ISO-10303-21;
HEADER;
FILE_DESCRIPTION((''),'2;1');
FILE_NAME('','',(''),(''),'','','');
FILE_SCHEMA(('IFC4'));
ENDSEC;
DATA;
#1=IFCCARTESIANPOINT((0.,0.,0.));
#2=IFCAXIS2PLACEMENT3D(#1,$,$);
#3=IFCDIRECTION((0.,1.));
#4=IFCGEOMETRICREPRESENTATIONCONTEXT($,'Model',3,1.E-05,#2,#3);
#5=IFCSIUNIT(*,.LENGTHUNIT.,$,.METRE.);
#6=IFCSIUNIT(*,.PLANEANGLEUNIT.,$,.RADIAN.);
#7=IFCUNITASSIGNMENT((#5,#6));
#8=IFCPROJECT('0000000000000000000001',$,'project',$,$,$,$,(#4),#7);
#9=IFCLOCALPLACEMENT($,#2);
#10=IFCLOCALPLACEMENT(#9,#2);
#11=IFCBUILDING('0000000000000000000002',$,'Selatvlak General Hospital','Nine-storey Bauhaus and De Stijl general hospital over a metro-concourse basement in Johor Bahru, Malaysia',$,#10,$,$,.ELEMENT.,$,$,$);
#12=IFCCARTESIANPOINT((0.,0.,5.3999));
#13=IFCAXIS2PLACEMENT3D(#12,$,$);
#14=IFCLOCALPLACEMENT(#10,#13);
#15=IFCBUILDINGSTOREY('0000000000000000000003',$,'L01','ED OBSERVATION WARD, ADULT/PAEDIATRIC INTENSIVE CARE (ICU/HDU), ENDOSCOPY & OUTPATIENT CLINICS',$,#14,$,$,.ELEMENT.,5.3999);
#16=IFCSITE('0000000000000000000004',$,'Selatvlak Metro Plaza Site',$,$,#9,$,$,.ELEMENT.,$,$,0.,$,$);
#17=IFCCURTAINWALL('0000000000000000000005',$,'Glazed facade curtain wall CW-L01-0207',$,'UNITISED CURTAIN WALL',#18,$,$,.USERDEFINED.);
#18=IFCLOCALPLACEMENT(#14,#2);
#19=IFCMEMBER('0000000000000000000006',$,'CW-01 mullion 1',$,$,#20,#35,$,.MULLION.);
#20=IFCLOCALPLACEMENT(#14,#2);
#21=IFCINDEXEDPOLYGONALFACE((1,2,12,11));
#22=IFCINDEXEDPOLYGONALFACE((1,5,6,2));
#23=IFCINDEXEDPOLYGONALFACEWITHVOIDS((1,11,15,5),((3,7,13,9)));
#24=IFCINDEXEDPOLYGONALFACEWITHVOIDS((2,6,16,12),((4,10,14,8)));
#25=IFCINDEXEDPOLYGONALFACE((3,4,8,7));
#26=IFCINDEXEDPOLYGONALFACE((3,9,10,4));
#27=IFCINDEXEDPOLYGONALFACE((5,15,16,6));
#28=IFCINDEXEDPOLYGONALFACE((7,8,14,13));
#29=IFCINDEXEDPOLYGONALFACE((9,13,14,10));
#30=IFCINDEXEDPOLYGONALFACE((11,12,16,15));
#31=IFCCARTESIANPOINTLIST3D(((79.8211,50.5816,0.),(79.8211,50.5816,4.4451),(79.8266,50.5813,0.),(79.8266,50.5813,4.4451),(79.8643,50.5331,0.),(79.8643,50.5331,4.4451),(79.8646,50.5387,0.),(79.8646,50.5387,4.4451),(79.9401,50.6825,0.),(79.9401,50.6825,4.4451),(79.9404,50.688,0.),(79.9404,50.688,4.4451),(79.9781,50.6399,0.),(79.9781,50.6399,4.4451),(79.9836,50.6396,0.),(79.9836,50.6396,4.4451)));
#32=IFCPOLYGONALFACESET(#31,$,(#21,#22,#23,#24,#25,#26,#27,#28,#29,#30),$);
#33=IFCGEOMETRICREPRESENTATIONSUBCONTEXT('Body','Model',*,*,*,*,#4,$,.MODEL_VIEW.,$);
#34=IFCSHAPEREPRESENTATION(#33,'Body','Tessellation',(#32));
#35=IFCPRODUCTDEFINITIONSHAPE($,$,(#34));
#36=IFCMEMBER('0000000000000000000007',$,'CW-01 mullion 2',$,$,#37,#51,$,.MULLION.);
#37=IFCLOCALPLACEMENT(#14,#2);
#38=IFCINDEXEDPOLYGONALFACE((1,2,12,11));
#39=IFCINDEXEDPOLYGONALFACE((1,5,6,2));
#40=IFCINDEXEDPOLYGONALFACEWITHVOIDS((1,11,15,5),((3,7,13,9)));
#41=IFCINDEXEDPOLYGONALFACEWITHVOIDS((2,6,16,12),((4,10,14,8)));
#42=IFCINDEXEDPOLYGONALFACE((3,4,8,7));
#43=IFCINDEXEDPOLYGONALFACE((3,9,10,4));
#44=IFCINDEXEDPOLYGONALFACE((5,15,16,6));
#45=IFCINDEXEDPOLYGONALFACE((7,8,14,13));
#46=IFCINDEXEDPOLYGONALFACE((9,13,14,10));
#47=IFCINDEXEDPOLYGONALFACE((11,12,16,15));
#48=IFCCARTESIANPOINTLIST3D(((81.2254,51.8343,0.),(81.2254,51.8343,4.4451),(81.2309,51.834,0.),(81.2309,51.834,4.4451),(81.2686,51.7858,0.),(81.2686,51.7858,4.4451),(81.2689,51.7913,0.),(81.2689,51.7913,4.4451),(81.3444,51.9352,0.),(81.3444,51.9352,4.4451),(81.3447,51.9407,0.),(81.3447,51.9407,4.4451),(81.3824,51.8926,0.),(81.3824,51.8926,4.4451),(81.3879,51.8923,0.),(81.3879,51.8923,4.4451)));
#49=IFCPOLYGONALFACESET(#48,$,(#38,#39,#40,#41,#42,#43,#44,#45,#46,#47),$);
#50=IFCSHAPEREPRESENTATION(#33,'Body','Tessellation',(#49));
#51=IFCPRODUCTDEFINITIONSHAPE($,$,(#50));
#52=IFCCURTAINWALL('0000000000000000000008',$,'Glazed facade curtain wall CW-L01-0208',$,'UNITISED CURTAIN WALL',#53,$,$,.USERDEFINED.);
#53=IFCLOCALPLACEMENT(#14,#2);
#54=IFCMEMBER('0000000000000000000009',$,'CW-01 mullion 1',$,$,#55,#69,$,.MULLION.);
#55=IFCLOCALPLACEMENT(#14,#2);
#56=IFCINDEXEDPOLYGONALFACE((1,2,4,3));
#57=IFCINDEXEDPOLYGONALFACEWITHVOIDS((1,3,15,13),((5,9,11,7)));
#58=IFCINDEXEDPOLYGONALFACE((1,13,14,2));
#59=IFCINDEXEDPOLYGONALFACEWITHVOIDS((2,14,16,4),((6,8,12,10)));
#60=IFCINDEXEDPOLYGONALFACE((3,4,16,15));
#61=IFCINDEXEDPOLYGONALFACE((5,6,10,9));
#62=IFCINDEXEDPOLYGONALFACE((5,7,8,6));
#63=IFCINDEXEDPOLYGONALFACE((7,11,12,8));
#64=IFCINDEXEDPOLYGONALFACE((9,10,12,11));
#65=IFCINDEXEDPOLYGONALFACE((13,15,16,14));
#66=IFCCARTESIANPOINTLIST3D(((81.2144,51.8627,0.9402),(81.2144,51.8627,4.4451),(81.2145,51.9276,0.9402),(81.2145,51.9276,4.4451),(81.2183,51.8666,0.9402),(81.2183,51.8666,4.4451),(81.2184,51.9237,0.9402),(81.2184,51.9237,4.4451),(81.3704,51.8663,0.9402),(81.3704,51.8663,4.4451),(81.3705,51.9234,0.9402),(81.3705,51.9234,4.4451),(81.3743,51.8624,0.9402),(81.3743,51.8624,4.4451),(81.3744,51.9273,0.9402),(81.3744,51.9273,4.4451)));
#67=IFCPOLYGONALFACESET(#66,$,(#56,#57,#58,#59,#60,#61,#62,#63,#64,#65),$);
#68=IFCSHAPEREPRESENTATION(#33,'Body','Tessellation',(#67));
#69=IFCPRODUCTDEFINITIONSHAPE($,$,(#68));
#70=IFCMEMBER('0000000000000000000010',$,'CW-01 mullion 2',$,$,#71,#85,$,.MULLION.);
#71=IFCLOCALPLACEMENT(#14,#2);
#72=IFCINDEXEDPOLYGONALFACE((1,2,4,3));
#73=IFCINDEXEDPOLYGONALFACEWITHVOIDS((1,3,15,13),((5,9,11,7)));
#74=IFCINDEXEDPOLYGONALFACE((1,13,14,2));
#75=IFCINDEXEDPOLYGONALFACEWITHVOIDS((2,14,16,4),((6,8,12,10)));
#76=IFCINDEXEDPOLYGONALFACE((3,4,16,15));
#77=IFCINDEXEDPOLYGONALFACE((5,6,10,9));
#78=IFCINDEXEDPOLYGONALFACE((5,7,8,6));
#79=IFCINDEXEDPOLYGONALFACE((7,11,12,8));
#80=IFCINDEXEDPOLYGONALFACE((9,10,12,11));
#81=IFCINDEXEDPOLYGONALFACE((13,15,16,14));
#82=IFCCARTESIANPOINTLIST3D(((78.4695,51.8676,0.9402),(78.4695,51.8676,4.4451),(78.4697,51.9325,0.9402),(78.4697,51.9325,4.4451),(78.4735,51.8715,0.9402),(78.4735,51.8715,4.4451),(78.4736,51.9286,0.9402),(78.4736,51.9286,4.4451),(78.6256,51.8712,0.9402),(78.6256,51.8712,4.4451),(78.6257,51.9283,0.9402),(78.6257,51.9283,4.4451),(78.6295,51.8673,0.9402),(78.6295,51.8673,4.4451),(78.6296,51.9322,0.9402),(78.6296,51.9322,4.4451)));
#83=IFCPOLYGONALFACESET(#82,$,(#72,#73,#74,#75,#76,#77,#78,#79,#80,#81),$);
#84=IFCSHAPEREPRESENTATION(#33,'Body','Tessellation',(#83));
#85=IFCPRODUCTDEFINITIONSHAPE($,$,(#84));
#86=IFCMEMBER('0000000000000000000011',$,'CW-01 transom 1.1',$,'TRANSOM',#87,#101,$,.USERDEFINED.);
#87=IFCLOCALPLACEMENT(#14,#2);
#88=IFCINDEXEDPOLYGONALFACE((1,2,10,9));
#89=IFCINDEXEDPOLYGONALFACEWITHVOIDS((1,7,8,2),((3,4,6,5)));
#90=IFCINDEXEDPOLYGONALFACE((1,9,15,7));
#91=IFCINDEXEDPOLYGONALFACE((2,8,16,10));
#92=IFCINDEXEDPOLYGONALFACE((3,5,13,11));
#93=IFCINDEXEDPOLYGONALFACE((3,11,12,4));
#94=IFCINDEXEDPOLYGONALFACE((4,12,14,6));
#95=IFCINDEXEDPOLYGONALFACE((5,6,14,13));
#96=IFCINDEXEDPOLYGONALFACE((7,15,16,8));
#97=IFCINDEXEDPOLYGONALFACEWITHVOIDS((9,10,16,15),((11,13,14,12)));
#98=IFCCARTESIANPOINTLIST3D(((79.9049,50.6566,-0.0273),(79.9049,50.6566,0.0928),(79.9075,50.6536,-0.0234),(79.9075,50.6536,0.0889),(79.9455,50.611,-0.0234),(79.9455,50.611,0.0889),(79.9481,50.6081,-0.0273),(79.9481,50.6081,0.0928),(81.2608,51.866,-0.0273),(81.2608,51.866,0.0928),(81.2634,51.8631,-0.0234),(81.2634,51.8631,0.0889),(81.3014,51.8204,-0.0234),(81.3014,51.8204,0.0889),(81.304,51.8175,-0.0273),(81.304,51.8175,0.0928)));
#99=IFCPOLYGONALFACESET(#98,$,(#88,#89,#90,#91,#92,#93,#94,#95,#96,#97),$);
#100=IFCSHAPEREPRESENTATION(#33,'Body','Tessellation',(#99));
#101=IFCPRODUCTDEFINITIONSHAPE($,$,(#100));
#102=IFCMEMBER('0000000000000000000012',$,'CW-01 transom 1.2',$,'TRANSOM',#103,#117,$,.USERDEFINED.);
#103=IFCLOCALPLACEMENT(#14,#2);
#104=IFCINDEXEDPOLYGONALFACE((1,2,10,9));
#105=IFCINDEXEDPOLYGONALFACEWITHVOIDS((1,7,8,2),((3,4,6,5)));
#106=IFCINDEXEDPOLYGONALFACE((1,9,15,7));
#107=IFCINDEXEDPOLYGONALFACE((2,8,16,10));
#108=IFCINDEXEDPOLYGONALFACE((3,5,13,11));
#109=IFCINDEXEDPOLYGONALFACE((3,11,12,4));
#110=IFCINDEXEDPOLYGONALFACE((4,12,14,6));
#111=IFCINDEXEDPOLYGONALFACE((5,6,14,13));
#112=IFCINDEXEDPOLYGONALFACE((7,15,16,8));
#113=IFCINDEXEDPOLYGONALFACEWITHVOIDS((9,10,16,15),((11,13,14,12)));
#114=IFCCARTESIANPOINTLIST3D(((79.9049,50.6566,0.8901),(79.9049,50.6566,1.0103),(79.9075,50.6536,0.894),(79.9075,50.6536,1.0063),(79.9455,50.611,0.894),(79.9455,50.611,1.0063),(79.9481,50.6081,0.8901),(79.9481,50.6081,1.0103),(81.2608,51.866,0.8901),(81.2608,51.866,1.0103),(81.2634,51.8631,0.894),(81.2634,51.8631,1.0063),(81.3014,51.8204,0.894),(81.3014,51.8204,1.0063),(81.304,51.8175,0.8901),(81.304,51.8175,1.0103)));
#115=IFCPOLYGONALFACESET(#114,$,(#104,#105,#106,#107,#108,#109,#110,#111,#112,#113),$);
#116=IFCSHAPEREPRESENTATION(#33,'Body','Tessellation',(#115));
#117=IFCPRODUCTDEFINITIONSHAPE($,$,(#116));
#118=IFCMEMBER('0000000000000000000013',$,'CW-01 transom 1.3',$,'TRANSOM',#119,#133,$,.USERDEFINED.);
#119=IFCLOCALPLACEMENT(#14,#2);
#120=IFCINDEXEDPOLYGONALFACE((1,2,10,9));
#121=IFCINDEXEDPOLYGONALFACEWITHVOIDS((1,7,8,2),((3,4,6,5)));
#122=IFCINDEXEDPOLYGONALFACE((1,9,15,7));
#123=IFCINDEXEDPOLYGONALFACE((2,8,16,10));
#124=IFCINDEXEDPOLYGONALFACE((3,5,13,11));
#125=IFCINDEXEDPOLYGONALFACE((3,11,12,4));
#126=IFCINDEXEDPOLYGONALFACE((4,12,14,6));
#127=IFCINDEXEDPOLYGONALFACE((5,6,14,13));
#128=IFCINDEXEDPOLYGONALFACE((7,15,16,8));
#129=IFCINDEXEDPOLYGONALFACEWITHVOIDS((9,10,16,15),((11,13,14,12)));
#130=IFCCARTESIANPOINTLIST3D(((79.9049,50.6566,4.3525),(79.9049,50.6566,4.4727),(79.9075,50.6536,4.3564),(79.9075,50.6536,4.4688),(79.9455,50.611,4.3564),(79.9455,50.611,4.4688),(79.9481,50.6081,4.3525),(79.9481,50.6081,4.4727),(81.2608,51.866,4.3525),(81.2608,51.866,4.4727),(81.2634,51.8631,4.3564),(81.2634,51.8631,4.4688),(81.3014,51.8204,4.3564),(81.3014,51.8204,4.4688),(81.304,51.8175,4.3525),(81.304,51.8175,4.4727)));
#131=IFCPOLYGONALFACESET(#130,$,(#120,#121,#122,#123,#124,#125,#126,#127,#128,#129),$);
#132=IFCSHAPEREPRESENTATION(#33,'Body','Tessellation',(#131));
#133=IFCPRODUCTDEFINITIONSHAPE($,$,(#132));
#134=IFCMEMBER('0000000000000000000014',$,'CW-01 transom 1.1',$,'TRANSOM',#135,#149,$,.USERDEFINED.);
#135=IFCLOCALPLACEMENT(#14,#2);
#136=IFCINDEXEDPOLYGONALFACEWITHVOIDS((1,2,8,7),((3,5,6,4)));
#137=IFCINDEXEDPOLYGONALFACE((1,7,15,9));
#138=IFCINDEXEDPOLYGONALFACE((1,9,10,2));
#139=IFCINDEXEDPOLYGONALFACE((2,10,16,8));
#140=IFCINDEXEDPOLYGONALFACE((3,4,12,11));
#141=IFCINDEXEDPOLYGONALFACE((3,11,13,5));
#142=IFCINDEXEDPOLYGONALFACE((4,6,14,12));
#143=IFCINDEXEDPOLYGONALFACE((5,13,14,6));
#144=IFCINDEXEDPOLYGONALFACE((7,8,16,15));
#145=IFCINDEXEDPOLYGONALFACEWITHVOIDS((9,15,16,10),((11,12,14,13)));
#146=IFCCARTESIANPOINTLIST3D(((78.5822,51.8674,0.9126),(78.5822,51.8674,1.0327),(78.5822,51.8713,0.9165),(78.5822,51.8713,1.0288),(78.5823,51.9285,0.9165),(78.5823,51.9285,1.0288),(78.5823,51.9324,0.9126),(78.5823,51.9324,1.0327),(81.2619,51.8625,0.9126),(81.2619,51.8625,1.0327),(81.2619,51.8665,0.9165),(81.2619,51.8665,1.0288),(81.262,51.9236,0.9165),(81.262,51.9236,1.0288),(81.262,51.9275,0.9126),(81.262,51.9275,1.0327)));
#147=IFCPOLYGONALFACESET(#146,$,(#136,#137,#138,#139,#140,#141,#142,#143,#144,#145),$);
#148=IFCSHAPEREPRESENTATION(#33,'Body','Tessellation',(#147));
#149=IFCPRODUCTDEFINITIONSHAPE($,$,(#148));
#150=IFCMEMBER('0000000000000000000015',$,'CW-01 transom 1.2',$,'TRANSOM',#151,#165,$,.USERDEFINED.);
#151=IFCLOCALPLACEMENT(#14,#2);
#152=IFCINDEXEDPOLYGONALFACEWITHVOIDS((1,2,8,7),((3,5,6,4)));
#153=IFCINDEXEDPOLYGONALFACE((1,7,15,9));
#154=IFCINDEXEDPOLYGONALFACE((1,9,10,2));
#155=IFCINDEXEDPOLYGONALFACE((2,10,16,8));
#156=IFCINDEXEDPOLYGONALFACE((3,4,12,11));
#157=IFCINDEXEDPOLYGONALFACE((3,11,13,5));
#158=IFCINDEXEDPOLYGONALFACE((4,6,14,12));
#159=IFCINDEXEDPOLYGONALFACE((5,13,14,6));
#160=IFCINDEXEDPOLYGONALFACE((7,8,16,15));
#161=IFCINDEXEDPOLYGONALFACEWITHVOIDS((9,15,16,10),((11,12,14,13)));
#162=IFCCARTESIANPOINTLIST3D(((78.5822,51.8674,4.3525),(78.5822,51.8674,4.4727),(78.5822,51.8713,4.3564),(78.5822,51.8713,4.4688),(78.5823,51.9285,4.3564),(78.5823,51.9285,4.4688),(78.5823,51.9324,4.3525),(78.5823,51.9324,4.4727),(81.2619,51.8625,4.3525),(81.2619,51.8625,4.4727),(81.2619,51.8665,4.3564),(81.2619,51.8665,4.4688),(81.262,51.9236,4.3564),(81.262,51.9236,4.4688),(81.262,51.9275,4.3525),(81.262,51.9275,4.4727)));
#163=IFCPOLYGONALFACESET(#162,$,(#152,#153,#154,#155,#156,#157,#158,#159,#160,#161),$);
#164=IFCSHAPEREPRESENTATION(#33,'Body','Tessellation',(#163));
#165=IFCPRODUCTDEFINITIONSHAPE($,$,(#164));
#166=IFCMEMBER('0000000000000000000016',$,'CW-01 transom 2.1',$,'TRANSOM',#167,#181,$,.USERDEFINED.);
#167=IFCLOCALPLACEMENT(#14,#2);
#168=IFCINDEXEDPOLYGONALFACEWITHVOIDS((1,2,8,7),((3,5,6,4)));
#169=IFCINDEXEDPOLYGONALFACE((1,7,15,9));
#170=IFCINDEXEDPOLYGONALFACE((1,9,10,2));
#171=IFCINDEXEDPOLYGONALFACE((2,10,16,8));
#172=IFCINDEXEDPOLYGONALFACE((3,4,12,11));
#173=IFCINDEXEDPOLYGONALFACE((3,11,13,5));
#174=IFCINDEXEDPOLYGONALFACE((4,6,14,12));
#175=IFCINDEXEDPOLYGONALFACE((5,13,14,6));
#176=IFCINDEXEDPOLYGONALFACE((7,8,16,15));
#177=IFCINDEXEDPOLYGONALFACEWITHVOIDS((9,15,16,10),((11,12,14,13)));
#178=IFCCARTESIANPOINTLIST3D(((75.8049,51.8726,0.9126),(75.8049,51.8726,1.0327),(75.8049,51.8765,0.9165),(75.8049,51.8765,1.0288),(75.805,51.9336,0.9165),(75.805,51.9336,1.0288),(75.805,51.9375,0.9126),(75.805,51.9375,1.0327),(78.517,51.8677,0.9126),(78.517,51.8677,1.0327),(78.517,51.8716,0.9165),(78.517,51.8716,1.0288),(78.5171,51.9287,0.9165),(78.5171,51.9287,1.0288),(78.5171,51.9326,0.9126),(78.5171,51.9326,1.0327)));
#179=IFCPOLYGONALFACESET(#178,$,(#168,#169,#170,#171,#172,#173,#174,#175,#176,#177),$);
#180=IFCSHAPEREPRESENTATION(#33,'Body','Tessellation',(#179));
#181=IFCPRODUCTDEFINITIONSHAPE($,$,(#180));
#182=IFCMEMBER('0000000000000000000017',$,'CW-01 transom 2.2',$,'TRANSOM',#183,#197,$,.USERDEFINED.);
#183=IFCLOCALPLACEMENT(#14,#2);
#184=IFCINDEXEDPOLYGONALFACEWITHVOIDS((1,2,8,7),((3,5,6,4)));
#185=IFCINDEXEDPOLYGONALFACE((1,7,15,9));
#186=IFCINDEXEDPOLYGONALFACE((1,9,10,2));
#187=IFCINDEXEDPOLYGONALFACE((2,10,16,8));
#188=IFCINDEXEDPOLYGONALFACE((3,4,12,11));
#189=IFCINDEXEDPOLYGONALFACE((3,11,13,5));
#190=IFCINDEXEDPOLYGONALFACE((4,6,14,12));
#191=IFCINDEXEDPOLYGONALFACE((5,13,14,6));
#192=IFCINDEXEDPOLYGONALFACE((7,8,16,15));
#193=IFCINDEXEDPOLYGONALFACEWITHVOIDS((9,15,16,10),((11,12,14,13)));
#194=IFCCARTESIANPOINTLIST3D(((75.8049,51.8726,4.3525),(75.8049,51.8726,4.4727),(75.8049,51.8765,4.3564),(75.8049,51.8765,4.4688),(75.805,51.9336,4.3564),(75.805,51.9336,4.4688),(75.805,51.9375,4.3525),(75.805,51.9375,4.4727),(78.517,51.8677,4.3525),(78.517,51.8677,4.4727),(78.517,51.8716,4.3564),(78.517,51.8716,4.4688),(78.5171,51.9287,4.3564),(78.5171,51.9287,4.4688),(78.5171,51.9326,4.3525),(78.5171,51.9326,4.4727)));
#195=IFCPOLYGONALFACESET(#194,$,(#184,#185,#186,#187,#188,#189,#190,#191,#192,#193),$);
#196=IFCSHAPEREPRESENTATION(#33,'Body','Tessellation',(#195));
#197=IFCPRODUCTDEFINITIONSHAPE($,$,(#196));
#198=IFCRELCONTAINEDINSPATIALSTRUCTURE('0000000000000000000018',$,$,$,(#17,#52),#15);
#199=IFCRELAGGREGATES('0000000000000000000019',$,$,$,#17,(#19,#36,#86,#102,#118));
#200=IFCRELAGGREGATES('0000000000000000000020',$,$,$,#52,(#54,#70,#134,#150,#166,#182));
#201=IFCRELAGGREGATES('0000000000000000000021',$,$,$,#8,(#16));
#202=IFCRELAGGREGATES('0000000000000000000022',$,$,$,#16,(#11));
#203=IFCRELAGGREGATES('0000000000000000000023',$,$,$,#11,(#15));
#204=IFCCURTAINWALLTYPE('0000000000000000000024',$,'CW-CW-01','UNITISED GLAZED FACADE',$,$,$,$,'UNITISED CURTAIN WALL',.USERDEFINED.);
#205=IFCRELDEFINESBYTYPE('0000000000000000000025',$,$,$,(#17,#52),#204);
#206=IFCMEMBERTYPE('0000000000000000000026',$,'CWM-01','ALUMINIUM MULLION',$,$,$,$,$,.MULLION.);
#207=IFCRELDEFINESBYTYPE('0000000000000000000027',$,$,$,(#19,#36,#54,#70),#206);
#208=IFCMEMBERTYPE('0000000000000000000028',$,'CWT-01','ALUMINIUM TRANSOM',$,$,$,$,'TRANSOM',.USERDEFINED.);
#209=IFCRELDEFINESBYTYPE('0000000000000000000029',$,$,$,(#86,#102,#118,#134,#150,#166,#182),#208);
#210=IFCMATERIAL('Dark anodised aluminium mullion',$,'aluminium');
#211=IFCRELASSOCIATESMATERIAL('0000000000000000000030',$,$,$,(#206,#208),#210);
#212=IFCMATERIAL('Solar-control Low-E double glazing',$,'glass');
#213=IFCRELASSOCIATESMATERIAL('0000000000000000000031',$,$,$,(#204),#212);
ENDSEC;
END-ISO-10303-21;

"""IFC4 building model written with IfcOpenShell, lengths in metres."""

from ifc_helpers import new_model, si_unit, direction, frame, origin, origin_2d, place, context, subcontext, project, spatial, hollow_rectangle, extrude, material, material_profile, profile_set, type_object, element, aggregate, save


model = new_model("IFC4")

# Units and contexts
model_context = context("Model", 3, precision=1e-05, world=origin(), true_north=direction((0.0, 1.0)))
body_context = subcontext(model_context, "Body", "Model", "MODEL_VIEW")
ifc_project = project(units=[si_unit("LENGTHUNIT", "METRE"), si_unit("PLANEANGLEUNIT", "RADIAN")], contexts=[model_context])

# Site, building, storey
site_placement = place(None, origin())
site = spatial("IfcSite", under=ifc_project, at=site_placement, Name="Selatvlak Metro Plaza Site", CompositionType="ELEMENT", RefElevation=0.0)
building_placement = place(site_placement, origin())
building = spatial("IfcBuilding", under=site, at=building_placement, Name="Selatvlak General Hospital", Description="Nine-storey Bauhaus and De Stijl general hospital over a metro-concourse basement in Johor Bahru, Malaysia", CompositionType="ELEMENT")
storey_placement = place(building_placement, frame((0.0, 0.0, 5.3999)))
storey = spatial("IfcBuildingStorey", under=building, at=storey_placement, Name="L01", Description="ED OBSERVATION WARD, ADULT/PAEDIATRIC INTENSIVE CARE (ICU/HDU), ENDOSCOPY & OUTPATIENT CLINICS", CompositionType="ELEMENT", Elevation=5.3999)

# Shared definitions
ifc_material_1 = material(Name="Solar-control Low-E double glazing", Category="glass")
ifc_material_2 = material(Name="Dark anodised aluminium mullion", Category="aluminium")
ifc_material_profile_1 = material_profile(ifc_material_2, hollow_rectangle(XDim=0.0649, YDim=0.1599, WallThickness=0.0039, at=origin_2d()), Name="AL-MUL 65x160x4")
ifc_profile_set_1 = profile_set([ifc_material_profile_1], Name="Dark anodised aluminium mullion")
member_type_1 = type_object("IfcMemberType", Name="CWM-01", Description="ALUMINIUM MULLION", PredefinedType="MULLION", material=ifc_profile_set_1)

# Curtain walls, members
curtain_wall_type_1 = type_object("IfcCurtainWallType", Name="CW-CW-01", Description="UNITISED GLAZED FACADE", ElementType="UNITISED CURTAIN WALL", PredefinedType="USERDEFINED", material=ifc_material_1)
curtain_wall_1_placement = place(storey_placement, origin())
curtain_wall_1 = element("IfcCurtainWall", 1, at=curtain_wall_1_placement, inside=storey, type_object=curtain_wall_type_1, Name="Glazed facade curtain wall CW-L01-0207", ObjectType="UNITISED CURTAIN WALL", PredefinedType="USERDEFINED")
member_1_placement = place(storey_placement, frame((79.9023, 50.6106, 0.0), z_axis=(0.0, 0.0, 1.0), x_axis=(-0.665638, 0.746275, 0.0)))
member_1 = element("IfcMember", 2, at=member_1_placement, type_object=member_type_1, Name="CW-01 mullion 1", PredefinedType="MULLION", context=body_context, shape_type="SweptSolid", body=[
    extrude(hollow_rectangle(XDim=0.0649, YDim=0.1599, WallThickness=0.0039, at=origin_2d()), origin(), (0.0, 0.0, 1.0), 4.4451),
])
member_2_placement = place(storey_placement, frame((81.3066, 51.8633, 0.0), z_axis=(0.0, 0.0, 1.0), x_axis=(-0.665638, 0.746275, 0.0)))
member_2 = element("IfcMember", 3, at=member_2_placement, type_object=member_type_1, Name="CW-01 mullion 2", PredefinedType="MULLION", context=body_context, shape_type="SweptSolid", body=[
    extrude(hollow_rectangle(XDim=0.0649, YDim=0.1599, WallThickness=0.0039, at=origin_2d()), origin(), (0.0, 0.0, 1.0), 4.4451),
])
curtain_wall_2_placement = place(storey_placement, origin())
curtain_wall_2 = element("IfcCurtainWall", 4, at=curtain_wall_2_placement, inside=storey, type_object=curtain_wall_type_1, Name="Glazed facade curtain wall CW-L01-0208", ObjectType="UNITISED CURTAIN WALL", PredefinedType="USERDEFINED")
member_3_placement = place(storey_placement, frame((81.2944, 51.895, 0.9402), z_axis=(0.0, 0.0, 1.0), x_axis=(-0.0018, -0.999998, 0.0)))
member_3 = element("IfcMember", 5, at=member_3_placement, type_object=member_type_1, Name="CW-01 mullion 1", PredefinedType="MULLION", context=body_context, shape_type="SweptSolid", body=[
    extrude(hollow_rectangle(XDim=0.0649, YDim=0.1599, WallThickness=0.0039, at=origin_2d()), origin(), (0.0, 0.0, 1.0), 3.5049),
])
member_4_placement = place(storey_placement, frame((78.5496, 51.8999, 0.9402), z_axis=(0.0, 0.0, 1.0), x_axis=(-0.0018, -0.999998, 0.0)))
member_4 = element("IfcMember", 6, at=member_4_placement, type_object=member_type_1, Name="CW-01 mullion 2", PredefinedType="MULLION", context=body_context, shape_type="SweptSolid", body=[
    extrude(hollow_rectangle(XDim=0.0649, YDim=0.1599, WallThickness=0.0039, at=origin_2d()), origin(), (0.0, 0.0, 1.0), 3.5049),
])

# Members
ifc_material_profile_2 = material_profile(ifc_material_2, hollow_rectangle(XDim=0.0649, YDim=0.1201, WallThickness=0.0039, at=origin_2d()), Name="AL-TRN 65x120x4")
ifc_profile_set_2 = profile_set([ifc_material_profile_2], Name="Dark anodised aluminium mullion")
member_type_2 = type_object("IfcMemberType", Name="CWT-01", Description="ALUMINIUM TRANSOM", ElementType="TRANSOM", PredefinedType="USERDEFINED", material=ifc_profile_set_2)
member_5_placement = place(storey_placement, frame((79.9265, 50.6323, 0.0327), z_axis=(0.746267, 0.665647, 0.0), x_axis=(-0.665647, 0.746267, 0.0)))
member_5 = element("IfcMember", 7, at=member_5_placement, type_object=member_type_2, Name="CW-01 transom 1.1", ObjectType="TRANSOM", PredefinedType="USERDEFINED", context=body_context, shape_type="SweptSolid", body=[
    extrude(hollow_rectangle(XDim=0.0649, YDim=0.1201, WallThickness=0.0039, at=origin_2d()), origin(), (0.0, 0.0, 1.0), 1.8169),
])
member_6_placement = place(storey_placement, frame((79.9265, 50.6323, 0.9502), z_axis=(0.746267, 0.665647, 0.0), x_axis=(-0.665647, 0.746267, 0.0)))
member_6 = element("IfcMember", 8, at=member_6_placement, type_object=member_type_2, Name="CW-01 transom 1.2", ObjectType="TRANSOM", PredefinedType="USERDEFINED", context=body_context, shape_type="SweptSolid", body=[
    extrude(hollow_rectangle(XDim=0.0649, YDim=0.1201, WallThickness=0.0039, at=origin_2d()), origin(), (0.0, 0.0, 1.0), 1.8169),
])
member_7_placement = place(storey_placement, frame((79.9265, 50.6323, 4.4126), z_axis=(0.746267, 0.665647, 0.0), x_axis=(-0.665647, 0.746267, 0.0)))
member_7 = element("IfcMember", 9, at=member_7_placement, type_object=member_type_2, Name="CW-01 transom 1.3", ObjectType="TRANSOM", PredefinedType="USERDEFINED", context=body_context, shape_type="SweptSolid", body=[
    extrude(hollow_rectangle(XDim=0.0649, YDim=0.1201, WallThickness=0.0039, at=origin_2d()), origin(), (0.0, 0.0, 1.0), 1.8169),
])
member_8_placement = place(storey_placement, frame((81.262, 51.895, 0.9727), z_axis=(-0.999998, 0.001822, 0.0), x_axis=(-0.001822, -0.999998, 0.0)))
member_8 = element("IfcMember", 10, at=member_8_placement, type_object=member_type_2, Name="CW-01 transom 1.1", ObjectType="TRANSOM", PredefinedType="USERDEFINED", context=body_context, shape_type="SweptSolid", body=[
    extrude(hollow_rectangle(XDim=0.0649, YDim=0.1201, WallThickness=0.0039, at=origin_2d()), origin(), (0.0, 0.0, 1.0), 2.6797),
])
member_9_placement = place(storey_placement, frame((81.262, 51.895, 4.4126), z_axis=(-0.999998, 0.001822, 0.0), x_axis=(-0.001822, -0.999998, 0.0)))
member_9 = element("IfcMember", 11, at=member_9_placement, type_object=member_type_2, Name="CW-01 transom 1.2", ObjectType="TRANSOM", PredefinedType="USERDEFINED", context=body_context, shape_type="SweptSolid", body=[
    extrude(hollow_rectangle(XDim=0.0649, YDim=0.1201, WallThickness=0.0039, at=origin_2d()), origin(), (0.0, 0.0, 1.0), 2.6797),
])
member_10_placement = place(storey_placement, frame((78.5171, 51.9001, 0.9727), z_axis=(-0.999998, 0.0018, 0.0), x_axis=(-0.0018, -0.999998, 0.0)))
member_10 = element("IfcMember", 12, at=member_10_placement, type_object=member_type_2, Name="CW-01 transom 2.1", ObjectType="TRANSOM", PredefinedType="USERDEFINED", context=body_context, shape_type="SweptSolid", body=[
    extrude(hollow_rectangle(XDim=0.0649, YDim=0.1201, WallThickness=0.0039, at=origin_2d()), origin(), (0.0, 0.0, 1.0), 2.7122),
])
member_11_placement = place(storey_placement, frame((78.5171, 51.9001, 4.4126), z_axis=(-0.999998, 0.0018, 0.0), x_axis=(-0.0018, -0.999998, 0.0)))
member_11 = element("IfcMember", 13, at=member_11_placement, type_object=member_type_2, Name="CW-01 transom 2.2", ObjectType="TRANSOM", PredefinedType="USERDEFINED", context=body_context, shape_type="SweptSolid", body=[
    extrude(hollow_rectangle(XDim=0.0649, YDim=0.1201, WallThickness=0.0039, at=origin_2d()), origin(), (0.0, 0.0, 1.0), 2.7122),
])

aggregate(curtain_wall_1, [member_1, member_2, member_5, member_6, member_7])
aggregate(curtain_wall_2, [member_3, member_4, member_8, member_9, member_10, member_11])

save(model, "model.ifc")
